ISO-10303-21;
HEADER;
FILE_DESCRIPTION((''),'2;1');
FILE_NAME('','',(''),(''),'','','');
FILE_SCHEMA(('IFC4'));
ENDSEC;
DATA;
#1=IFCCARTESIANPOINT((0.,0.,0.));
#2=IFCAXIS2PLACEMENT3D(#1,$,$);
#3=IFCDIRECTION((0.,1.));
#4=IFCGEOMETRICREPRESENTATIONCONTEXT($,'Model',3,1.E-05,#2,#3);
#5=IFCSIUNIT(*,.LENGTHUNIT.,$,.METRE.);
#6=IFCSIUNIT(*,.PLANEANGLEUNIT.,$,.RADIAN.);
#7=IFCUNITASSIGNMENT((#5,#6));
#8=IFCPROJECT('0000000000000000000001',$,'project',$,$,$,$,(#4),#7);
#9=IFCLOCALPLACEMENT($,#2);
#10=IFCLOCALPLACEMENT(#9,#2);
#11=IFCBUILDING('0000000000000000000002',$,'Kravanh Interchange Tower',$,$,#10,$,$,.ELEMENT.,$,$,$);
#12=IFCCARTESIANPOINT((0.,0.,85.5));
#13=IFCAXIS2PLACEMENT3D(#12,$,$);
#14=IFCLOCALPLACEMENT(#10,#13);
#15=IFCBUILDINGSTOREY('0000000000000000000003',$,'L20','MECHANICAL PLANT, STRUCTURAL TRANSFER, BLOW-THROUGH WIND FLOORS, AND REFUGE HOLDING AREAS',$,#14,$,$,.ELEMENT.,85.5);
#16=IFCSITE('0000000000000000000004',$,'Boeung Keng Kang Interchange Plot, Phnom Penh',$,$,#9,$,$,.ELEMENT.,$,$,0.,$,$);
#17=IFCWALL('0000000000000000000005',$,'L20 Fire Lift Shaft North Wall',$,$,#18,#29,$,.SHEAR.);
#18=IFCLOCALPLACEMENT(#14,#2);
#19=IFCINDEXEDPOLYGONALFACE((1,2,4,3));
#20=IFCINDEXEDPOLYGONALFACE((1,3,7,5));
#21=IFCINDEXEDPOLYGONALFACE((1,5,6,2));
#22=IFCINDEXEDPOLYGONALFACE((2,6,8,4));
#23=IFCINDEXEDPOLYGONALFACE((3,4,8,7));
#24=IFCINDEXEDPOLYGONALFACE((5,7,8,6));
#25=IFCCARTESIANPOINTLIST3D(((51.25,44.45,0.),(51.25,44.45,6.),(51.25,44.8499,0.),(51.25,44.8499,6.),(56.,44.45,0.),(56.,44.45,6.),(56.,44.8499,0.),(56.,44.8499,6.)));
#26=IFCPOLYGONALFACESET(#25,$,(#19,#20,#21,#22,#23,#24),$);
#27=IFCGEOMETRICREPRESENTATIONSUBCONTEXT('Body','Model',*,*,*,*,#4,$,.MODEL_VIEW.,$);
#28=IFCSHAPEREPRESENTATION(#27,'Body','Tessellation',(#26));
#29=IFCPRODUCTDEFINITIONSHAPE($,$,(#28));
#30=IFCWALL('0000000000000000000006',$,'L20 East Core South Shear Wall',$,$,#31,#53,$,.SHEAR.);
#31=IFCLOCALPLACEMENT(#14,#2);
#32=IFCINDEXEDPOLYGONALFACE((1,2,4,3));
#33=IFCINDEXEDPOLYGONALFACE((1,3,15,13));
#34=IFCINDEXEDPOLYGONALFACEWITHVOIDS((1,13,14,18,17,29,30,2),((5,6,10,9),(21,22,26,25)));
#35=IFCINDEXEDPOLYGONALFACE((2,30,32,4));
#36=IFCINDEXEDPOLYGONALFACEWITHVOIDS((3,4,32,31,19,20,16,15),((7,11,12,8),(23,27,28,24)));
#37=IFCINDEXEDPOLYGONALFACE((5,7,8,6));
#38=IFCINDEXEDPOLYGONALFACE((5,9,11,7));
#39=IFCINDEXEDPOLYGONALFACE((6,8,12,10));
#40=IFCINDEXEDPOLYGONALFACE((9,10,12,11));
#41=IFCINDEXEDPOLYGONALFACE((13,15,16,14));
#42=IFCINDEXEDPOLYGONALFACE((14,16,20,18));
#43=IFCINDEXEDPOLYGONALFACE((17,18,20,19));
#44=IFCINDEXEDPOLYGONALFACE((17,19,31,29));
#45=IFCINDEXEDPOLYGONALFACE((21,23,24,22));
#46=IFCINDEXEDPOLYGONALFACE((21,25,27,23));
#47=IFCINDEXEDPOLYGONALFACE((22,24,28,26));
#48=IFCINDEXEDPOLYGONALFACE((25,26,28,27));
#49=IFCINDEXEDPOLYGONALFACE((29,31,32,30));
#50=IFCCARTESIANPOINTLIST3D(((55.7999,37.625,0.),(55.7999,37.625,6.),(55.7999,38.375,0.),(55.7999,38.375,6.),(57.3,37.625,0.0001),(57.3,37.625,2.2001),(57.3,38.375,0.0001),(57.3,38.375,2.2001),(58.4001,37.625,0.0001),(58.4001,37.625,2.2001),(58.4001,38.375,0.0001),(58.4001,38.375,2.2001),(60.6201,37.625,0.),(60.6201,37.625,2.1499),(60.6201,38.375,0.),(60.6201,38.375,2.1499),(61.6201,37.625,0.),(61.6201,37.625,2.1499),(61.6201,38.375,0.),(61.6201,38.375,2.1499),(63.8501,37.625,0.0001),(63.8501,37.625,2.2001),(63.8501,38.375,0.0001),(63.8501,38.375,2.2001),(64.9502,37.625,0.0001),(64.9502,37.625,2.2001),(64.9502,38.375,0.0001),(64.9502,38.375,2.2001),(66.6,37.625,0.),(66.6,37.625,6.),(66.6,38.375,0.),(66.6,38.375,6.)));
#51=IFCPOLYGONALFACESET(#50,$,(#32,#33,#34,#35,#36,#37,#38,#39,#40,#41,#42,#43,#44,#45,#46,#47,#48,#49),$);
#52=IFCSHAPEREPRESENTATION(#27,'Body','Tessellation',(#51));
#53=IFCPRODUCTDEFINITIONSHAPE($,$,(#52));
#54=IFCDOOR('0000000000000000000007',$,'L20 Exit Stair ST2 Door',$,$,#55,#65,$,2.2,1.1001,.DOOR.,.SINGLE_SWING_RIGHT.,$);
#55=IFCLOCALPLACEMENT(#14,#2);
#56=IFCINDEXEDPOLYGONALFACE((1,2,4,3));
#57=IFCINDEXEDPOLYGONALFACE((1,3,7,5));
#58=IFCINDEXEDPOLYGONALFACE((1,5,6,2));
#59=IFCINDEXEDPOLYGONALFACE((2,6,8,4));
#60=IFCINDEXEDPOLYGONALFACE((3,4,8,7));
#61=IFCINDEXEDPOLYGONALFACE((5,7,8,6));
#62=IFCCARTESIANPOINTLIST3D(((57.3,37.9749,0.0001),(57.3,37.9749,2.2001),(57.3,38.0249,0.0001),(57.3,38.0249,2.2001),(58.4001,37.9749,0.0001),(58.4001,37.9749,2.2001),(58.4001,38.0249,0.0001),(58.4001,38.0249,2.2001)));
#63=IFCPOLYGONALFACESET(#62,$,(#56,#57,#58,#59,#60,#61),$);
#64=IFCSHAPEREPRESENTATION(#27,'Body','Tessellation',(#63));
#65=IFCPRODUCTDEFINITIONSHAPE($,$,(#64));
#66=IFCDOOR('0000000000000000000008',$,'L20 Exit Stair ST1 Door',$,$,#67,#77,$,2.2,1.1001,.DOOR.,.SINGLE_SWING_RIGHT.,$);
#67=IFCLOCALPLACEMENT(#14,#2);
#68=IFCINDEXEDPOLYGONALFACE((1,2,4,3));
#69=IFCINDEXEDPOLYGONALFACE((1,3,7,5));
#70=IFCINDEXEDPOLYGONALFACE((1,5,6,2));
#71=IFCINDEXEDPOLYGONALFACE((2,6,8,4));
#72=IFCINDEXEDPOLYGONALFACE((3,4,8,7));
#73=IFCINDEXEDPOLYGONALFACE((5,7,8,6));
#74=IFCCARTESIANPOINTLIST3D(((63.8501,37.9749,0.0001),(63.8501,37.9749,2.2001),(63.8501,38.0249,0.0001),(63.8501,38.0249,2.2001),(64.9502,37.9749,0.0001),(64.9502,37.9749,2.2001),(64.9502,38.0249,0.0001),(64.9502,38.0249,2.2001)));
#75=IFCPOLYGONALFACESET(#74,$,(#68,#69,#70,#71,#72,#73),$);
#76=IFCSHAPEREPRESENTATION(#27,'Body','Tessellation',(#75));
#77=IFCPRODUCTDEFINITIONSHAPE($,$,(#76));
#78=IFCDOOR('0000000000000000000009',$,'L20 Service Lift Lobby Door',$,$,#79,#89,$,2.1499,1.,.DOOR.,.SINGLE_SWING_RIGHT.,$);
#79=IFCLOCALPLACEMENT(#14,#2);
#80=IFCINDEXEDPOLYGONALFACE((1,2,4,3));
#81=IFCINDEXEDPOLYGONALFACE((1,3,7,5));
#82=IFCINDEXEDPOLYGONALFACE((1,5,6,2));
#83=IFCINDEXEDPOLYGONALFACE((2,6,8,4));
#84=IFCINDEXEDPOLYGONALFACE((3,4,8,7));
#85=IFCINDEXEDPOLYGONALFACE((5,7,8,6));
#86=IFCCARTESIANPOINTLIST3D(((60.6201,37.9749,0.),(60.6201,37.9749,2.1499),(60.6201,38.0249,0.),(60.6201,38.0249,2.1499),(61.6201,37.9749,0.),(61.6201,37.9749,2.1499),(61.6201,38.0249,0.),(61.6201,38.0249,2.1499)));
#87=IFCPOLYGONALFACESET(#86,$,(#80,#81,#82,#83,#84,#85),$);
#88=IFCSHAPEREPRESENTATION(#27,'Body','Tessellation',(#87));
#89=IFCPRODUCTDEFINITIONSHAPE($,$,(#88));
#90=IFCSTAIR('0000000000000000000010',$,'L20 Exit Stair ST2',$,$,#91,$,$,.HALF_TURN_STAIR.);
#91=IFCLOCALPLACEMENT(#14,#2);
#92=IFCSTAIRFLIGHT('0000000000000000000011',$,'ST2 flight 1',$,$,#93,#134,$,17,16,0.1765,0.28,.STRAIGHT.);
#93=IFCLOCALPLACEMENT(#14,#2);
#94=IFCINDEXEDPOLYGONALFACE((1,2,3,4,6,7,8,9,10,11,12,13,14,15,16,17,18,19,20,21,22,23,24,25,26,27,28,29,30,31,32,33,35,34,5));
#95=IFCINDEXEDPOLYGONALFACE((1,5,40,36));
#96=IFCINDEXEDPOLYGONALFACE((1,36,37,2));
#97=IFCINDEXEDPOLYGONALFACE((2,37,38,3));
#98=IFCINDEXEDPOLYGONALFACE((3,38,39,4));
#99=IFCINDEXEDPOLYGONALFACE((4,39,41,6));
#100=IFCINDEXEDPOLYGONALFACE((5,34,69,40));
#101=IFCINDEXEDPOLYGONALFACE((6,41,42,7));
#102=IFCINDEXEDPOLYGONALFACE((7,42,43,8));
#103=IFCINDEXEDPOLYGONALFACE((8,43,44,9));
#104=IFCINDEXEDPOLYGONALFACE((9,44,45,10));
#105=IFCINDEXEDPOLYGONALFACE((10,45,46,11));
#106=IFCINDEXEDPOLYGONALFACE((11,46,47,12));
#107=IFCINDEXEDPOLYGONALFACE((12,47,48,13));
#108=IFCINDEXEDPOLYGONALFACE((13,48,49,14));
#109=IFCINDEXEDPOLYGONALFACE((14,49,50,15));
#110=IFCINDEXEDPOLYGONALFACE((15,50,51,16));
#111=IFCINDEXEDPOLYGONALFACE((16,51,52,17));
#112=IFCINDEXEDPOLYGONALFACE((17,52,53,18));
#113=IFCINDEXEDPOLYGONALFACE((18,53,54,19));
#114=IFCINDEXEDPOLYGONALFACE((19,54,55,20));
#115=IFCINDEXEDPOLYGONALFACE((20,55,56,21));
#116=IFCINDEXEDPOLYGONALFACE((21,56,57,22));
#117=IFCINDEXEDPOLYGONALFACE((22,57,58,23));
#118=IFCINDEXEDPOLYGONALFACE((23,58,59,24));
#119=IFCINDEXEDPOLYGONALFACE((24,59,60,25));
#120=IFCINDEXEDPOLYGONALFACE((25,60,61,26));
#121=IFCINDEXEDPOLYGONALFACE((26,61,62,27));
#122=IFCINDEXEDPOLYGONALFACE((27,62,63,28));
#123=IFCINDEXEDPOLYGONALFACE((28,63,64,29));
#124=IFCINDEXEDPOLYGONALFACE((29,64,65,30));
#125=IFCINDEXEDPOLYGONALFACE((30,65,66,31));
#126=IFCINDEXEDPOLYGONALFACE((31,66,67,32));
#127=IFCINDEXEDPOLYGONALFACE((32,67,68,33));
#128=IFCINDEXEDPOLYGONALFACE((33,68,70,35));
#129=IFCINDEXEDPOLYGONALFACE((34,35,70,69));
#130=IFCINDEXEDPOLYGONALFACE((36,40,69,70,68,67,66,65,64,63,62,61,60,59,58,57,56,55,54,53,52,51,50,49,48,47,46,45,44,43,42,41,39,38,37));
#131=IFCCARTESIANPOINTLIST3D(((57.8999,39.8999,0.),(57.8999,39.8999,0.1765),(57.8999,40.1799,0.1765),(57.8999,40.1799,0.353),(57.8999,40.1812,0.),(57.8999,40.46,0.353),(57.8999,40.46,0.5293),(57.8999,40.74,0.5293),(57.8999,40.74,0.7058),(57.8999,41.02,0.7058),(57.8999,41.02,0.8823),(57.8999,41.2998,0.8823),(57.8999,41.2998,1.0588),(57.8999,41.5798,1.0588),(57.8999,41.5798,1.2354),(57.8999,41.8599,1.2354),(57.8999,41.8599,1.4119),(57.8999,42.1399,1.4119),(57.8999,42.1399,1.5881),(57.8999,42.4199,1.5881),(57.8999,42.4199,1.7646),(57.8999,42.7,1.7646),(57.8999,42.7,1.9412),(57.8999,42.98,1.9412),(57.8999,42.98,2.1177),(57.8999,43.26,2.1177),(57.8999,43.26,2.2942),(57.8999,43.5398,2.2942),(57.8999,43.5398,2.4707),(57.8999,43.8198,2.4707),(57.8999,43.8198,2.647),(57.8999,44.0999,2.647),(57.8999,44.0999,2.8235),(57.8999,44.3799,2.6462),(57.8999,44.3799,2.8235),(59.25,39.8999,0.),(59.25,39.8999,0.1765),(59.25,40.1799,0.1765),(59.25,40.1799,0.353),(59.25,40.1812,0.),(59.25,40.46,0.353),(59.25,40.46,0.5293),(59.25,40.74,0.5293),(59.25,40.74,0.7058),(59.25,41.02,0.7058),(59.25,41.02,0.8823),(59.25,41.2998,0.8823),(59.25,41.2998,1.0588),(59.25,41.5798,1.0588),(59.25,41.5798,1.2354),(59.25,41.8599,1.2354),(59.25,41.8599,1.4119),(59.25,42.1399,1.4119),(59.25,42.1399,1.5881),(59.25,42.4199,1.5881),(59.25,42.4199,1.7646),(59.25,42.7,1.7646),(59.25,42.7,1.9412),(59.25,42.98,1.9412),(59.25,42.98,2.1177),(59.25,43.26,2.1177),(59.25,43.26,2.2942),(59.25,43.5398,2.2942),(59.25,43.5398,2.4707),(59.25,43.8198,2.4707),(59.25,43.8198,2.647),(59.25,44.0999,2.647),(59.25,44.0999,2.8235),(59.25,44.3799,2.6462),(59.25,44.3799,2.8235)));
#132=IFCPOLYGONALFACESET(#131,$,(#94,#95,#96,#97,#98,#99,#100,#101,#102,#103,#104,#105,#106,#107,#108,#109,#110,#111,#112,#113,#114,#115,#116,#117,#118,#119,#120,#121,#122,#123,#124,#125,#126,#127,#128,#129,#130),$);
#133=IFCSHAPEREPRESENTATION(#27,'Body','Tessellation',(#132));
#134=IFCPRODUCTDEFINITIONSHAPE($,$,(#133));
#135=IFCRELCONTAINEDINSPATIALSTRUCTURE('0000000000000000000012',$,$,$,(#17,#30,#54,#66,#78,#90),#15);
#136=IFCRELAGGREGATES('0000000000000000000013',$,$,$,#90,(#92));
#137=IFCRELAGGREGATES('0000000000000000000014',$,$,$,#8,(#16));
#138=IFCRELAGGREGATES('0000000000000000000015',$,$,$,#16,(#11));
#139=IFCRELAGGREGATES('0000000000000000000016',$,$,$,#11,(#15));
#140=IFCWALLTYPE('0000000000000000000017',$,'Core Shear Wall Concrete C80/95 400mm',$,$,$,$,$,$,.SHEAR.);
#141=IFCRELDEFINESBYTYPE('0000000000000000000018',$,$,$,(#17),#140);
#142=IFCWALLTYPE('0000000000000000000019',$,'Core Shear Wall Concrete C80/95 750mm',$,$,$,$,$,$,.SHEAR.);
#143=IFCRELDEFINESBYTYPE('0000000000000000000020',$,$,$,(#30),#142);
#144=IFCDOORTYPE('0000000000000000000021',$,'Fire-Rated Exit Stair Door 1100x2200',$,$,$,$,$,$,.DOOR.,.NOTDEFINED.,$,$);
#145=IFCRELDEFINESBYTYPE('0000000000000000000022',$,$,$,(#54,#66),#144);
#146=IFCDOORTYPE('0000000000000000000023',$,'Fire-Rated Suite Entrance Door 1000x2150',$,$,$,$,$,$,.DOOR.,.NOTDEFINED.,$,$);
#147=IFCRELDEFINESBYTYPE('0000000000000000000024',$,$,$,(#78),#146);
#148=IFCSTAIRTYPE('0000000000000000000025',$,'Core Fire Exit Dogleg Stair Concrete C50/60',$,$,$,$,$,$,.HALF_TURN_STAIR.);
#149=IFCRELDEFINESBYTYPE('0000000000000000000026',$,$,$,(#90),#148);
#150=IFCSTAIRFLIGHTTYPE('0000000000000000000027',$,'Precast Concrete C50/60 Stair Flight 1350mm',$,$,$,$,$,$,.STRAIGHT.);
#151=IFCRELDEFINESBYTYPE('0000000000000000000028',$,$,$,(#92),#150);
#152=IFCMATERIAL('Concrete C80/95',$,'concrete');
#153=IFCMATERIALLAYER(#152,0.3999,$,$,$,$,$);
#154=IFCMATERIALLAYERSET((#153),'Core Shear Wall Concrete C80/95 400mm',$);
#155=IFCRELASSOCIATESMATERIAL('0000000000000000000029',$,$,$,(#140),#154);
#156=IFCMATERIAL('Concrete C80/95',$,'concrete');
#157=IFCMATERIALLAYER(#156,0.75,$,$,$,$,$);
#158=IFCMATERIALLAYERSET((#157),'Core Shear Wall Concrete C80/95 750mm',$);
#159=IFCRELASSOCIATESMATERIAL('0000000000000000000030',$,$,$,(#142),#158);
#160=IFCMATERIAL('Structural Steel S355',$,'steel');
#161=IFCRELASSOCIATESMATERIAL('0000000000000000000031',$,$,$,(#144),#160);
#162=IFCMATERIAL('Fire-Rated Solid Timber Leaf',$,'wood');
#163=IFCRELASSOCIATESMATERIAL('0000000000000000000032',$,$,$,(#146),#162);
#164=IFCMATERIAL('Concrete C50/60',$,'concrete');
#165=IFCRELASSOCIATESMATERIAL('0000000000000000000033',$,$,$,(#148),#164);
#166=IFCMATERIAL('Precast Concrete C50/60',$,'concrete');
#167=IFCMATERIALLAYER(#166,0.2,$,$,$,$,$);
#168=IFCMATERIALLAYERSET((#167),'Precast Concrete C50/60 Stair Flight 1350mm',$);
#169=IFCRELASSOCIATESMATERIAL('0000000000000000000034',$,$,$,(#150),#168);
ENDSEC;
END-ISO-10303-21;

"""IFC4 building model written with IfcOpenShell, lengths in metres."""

from ifc_helpers import new_model, si_unit, direction, frame, frame_2d, origin, place, context, subcontext, project, spatial, polyline, rectangle, outline, extrude, material, layer, layer_set, type_object, element, fill, aggregate, save


model = new_model("IFC4")

# Units and contexts
model_context = context("Model", 3, precision=1e-05, world=origin(), true_north=direction((0.0, 1.0)))
body_context = subcontext(model_context, "Body", "Model", "MODEL_VIEW")
ifc_project = project(units=[si_unit("LENGTHUNIT", "METRE"), si_unit("PLANEANGLEUNIT", "RADIAN")], contexts=[model_context])

# Site, building, storey
site_placement = place(None, origin())
site = spatial("IfcSite", under=ifc_project, at=site_placement, Name="Boeung Keng Kang Interchange Plot, Phnom Penh", CompositionType="ELEMENT", RefElevation=0.0)
building_placement = place(site_placement, origin())
building = spatial("IfcBuilding", under=site, at=building_placement, Name="Kravanh Interchange Tower", CompositionType="ELEMENT")
storey_placement = place(building_placement, frame((0.0, 0.0, 85.5)))
storey = spatial("IfcBuildingStorey", under=building, at=storey_placement, Name="L20", Description="MECHANICAL PLANT, STRUCTURAL TRANSFER, BLOW-THROUGH WIND FLOORS, AND REFUGE HOLDING AREAS", CompositionType="ELEMENT", Elevation=85.5)

# Shared definitions
ifc_material_1 = material(Name="Concrete C80/95", Category="concrete")
ifc_layer_1 = layer(ifc_material_1, 0.3999)
ifc_layer_set_1 = layer_set([ifc_layer_1], Name="Core Shear Wall Concrete C80/95 400mm")
wall_type_1 = type_object("IfcWallType", Name="Core Shear Wall Concrete C80/95 400mm", PredefinedType="SHEAR", material=ifc_layer_set_1)

# Wall
wall_1_placement = place(storey_placement, frame((51.25, 44.6499, 0.0), z_axis=(0.0, 0.0, 1.0), x_axis=(1.0, 0.0, 0.0)))
element("IfcWall", 1, at=wall_1_placement, inside=storey, type_object=wall_type_1, Name="L20 Fire Lift Shaft North Wall", PredefinedType="SHEAR", context=body_context, shape_type="SweptSolid", body=[
    extrude(rectangle(XDim=4.75, YDim=0.3999, at=frame_2d((2.375, 0.0))), origin(), (0.0, 0.0, 1.0), 6.0),
])

# Wall, openings, doors
ifc_material_2 = material(Name="Concrete C80/95", Category="concrete")
ifc_layer_2 = layer(ifc_material_2, 0.75)
ifc_layer_set_2 = layer_set([ifc_layer_2], Name="Core Shear Wall Concrete C80/95 750mm")
wall_type_2 = type_object("IfcWallType", Name="Core Shear Wall Concrete C80/95 750mm", PredefinedType="SHEAR", material=ifc_layer_set_2)
wall_2_placement = place(storey_placement, frame((55.8, 38.0, 0.0), z_axis=(0.0, 0.0, 1.0), x_axis=(1.0, 0.0, 0.0)))
wall_2 = element("IfcWall", 2, at=wall_2_placement, inside=storey, type_object=wall_type_2, Name="L20 East Core South Shear Wall", PredefinedType="SHEAR", context=body_context, shape_type="SweptSolid", body=[
    extrude(rectangle(XDim=10.8, YDim=0.75, at=frame_2d((5.3999, 0.0))), origin(), (0.0, 0.0, 1.0), 6.0),
])
opening_1_placement = place(wall_2_placement, frame((1.5, 0.0, 0.0)))
opening_1 = element("IfcOpeningElement", 3, at=opening_1_placement, cuts=wall_2, PredefinedType="OPENING", context=body_context, shape_type="SweptSolid", body=[
    extrude(rectangle(XDim=1.1001, YDim=2.2, at=frame_2d((0.55, 1.1001))), frame((0.0, 0.385, 0.0), z_axis=(0.0, -1.0, 0.0), x_axis=(1.0, 0.0, 0.0)), (0.0, 0.0, 1.0), 0.77),
])
opening_2_placement = place(wall_2_placement, frame((4.8201, 0.0, 0.0)))
opening_2 = element("IfcOpeningElement", 4, at=opening_2_placement, cuts=wall_2, PredefinedType="OPENING", context=body_context, shape_type="SweptSolid", body=[
    extrude(rectangle(XDim=1.0, YDim=2.1499, at=frame_2d((0.5, 1.075))), frame((0.0, 0.385, 0.0), z_axis=(0.0, -1.0, 0.0), x_axis=(1.0, 0.0, 0.0)), (0.0, 0.0, 1.0), 0.77),
])
opening_3_placement = place(wall_2_placement, frame((8.05, 0.0, 0.0)))
opening_3 = element("IfcOpeningElement", 5, at=opening_3_placement, cuts=wall_2, PredefinedType="OPENING", context=body_context, shape_type="SweptSolid", body=[
    extrude(rectangle(XDim=1.1001, YDim=2.2, at=frame_2d((0.55, 1.1001))), frame((0.0, 0.385, 0.0), z_axis=(0.0, -1.0, 0.0), x_axis=(1.0, 0.0, 0.0)), (0.0, 0.0, 1.0), 0.77),
])
ifc_material_3 = material(Name="Structural Steel S355", Category="steel")
door_type_1 = type_object("IfcDoorType", Name="Fire-Rated Exit Stair Door 1100x2200", OperationType="NOTDEFINED", PredefinedType="DOOR", material=ifc_material_3)
door_1_placement = place(opening_1_placement, origin())
door_1 = element("IfcDoor", 6, at=door_1_placement, inside=storey, type_object=door_type_1, Name="L20 Exit Stair ST2 Door", OperationType="SINGLE_SWING_RIGHT", OverallHeight=2.2, OverallWidth=1.1001, PredefinedType="DOOR", context=body_context, shape_type="SweptSolid", body=[
    extrude(rectangle(XDim=1.1001, YDim=2.2, at=frame_2d((0.55, 1.1001))), frame((0.0, 0.0249, 0.0), z_axis=(0.0, -1.0, 0.0), x_axis=(1.0, 0.0, 0.0)), (0.0, 0.0, 1.0), 0.05),
])
fill(opening_1, door_1)
door_2_placement = place(opening_3_placement, origin())
door_2 = element("IfcDoor", 7, at=door_2_placement, inside=storey, type_object=door_type_1, Name="L20 Exit Stair ST1 Door", OperationType="SINGLE_SWING_RIGHT", OverallHeight=2.2, OverallWidth=1.1001, PredefinedType="DOOR", context=body_context, shape_type="SweptSolid", body=[
    extrude(rectangle(XDim=1.1001, YDim=2.2, at=frame_2d((0.55, 1.1001))), frame((0.0, 0.0249, 0.0), z_axis=(0.0, -1.0, 0.0), x_axis=(1.0, 0.0, 0.0)), (0.0, 0.0, 1.0), 0.05),
])
fill(opening_3, door_2)
ifc_material_4 = material(Name="Fire-Rated Solid Timber Leaf", Category="wood")
door_type_2 = type_object("IfcDoorType", Name="Fire-Rated Suite Entrance Door 1000x2150", OperationType="NOTDEFINED", PredefinedType="DOOR", material=ifc_material_4)
door_3_placement = place(opening_2_placement, origin())
door_3 = element("IfcDoor", 8, at=door_3_placement, inside=storey, type_object=door_type_2, Name="L20 Service Lift Lobby Door", OperationType="SINGLE_SWING_RIGHT", OverallHeight=2.1499, OverallWidth=1.0, PredefinedType="DOOR", context=body_context, shape_type="SweptSolid", body=[
    extrude(rectangle(XDim=1.0, YDim=2.1499, at=frame_2d((0.5, 1.075))), frame((0.0, 0.0249, 0.0), z_axis=(0.0, -1.0, 0.0), x_axis=(1.0, 0.0, 0.0)), (0.0, 0.0, 1.0), 0.05),
])
fill(opening_2, door_3)

# Stair, stair flight
ifc_material_5 = material(Name="Concrete C50/60", Category="concrete")
stair_type = type_object("IfcStairType", Name="Core Fire Exit Dogleg Stair Concrete C50/60", PredefinedType="HALF_TURN_STAIR", material=ifc_material_5)
stair_placement = place(storey_placement, origin())
stair = element("IfcStair", 9, at=stair_placement, inside=storey, type_object=stair_type, Name="L20 Exit Stair ST2", PredefinedType="HALF_TURN_STAIR")
ifc_material_6 = material(Name="Precast Concrete C50/60", Category="concrete")
ifc_layer_3 = layer(ifc_material_6, 0.2)
ifc_layer_set_3 = layer_set([ifc_layer_3], Name="Precast Concrete C50/60 Stair Flight 1350mm")
stair_flight_type = type_object("IfcStairFlightType", Name="Precast Concrete C50/60 Stair Flight 1350mm", PredefinedType="STRAIGHT", material=ifc_layer_set_3)
stair_flight_1_placement = place(storey_placement, frame((58.575, 39.8999, 0.0), z_axis=(0.0, 0.0, 1.0), x_axis=(0.0, 1.0, 0.0)))
stair_flight_1 = element("IfcStairFlight", 10, at=stair_flight_1_placement, type_object=stair_flight_type, Name="ST2 flight 1", NumberOfRisers=17, NumberOfTreads=16, PredefinedType="STRAIGHT", RiserHeight=0.1765, TreadLength=0.28, context=body_context, shape_type="SweptSolid", body=[
    extrude(outline(polyline([(0.0, 0.0), (0.0, 0.1765), (0.28, 0.1765), (0.28, 0.353), (0.5601, 0.353), (0.5601, 0.5293), (0.8401, 0.5293), (0.8401, 0.7058), (1.1201, 0.7058), (1.1201, 0.8823), (1.3999, 0.8823), (1.3999, 1.0588), (1.6799, 1.0588), (1.6799, 1.2354), (1.96, 1.2354), (1.96, 1.4119), (2.24, 1.4119), (2.24, 1.5881), (2.52, 1.5881), (2.52, 1.7646), (2.8, 1.7646), (2.8, 1.9412), (3.0801, 1.9412), (3.0801, 2.1177), (3.3601, 2.1177), (3.3601, 2.2942), (3.6399, 2.2942), (3.6399, 2.4707), (3.9199, 2.4707), (3.9199, 2.647), (4.2, 2.647), (4.2, 2.8235), (4.48, 2.8235), (4.48, 3.0), (4.48, 2.6462), (0.2812, 0.0), (0.0, 0.0)])), frame((0.0, 0.675, 0.0), z_axis=(0.0, -1.0, 0.0), x_axis=(1.0, 0.0, 0.0)), (0.0, 0.0, 1.0), 1.3501),
])
aggregate(stair, [stair_flight_1])

save(model, "model.ifc")
